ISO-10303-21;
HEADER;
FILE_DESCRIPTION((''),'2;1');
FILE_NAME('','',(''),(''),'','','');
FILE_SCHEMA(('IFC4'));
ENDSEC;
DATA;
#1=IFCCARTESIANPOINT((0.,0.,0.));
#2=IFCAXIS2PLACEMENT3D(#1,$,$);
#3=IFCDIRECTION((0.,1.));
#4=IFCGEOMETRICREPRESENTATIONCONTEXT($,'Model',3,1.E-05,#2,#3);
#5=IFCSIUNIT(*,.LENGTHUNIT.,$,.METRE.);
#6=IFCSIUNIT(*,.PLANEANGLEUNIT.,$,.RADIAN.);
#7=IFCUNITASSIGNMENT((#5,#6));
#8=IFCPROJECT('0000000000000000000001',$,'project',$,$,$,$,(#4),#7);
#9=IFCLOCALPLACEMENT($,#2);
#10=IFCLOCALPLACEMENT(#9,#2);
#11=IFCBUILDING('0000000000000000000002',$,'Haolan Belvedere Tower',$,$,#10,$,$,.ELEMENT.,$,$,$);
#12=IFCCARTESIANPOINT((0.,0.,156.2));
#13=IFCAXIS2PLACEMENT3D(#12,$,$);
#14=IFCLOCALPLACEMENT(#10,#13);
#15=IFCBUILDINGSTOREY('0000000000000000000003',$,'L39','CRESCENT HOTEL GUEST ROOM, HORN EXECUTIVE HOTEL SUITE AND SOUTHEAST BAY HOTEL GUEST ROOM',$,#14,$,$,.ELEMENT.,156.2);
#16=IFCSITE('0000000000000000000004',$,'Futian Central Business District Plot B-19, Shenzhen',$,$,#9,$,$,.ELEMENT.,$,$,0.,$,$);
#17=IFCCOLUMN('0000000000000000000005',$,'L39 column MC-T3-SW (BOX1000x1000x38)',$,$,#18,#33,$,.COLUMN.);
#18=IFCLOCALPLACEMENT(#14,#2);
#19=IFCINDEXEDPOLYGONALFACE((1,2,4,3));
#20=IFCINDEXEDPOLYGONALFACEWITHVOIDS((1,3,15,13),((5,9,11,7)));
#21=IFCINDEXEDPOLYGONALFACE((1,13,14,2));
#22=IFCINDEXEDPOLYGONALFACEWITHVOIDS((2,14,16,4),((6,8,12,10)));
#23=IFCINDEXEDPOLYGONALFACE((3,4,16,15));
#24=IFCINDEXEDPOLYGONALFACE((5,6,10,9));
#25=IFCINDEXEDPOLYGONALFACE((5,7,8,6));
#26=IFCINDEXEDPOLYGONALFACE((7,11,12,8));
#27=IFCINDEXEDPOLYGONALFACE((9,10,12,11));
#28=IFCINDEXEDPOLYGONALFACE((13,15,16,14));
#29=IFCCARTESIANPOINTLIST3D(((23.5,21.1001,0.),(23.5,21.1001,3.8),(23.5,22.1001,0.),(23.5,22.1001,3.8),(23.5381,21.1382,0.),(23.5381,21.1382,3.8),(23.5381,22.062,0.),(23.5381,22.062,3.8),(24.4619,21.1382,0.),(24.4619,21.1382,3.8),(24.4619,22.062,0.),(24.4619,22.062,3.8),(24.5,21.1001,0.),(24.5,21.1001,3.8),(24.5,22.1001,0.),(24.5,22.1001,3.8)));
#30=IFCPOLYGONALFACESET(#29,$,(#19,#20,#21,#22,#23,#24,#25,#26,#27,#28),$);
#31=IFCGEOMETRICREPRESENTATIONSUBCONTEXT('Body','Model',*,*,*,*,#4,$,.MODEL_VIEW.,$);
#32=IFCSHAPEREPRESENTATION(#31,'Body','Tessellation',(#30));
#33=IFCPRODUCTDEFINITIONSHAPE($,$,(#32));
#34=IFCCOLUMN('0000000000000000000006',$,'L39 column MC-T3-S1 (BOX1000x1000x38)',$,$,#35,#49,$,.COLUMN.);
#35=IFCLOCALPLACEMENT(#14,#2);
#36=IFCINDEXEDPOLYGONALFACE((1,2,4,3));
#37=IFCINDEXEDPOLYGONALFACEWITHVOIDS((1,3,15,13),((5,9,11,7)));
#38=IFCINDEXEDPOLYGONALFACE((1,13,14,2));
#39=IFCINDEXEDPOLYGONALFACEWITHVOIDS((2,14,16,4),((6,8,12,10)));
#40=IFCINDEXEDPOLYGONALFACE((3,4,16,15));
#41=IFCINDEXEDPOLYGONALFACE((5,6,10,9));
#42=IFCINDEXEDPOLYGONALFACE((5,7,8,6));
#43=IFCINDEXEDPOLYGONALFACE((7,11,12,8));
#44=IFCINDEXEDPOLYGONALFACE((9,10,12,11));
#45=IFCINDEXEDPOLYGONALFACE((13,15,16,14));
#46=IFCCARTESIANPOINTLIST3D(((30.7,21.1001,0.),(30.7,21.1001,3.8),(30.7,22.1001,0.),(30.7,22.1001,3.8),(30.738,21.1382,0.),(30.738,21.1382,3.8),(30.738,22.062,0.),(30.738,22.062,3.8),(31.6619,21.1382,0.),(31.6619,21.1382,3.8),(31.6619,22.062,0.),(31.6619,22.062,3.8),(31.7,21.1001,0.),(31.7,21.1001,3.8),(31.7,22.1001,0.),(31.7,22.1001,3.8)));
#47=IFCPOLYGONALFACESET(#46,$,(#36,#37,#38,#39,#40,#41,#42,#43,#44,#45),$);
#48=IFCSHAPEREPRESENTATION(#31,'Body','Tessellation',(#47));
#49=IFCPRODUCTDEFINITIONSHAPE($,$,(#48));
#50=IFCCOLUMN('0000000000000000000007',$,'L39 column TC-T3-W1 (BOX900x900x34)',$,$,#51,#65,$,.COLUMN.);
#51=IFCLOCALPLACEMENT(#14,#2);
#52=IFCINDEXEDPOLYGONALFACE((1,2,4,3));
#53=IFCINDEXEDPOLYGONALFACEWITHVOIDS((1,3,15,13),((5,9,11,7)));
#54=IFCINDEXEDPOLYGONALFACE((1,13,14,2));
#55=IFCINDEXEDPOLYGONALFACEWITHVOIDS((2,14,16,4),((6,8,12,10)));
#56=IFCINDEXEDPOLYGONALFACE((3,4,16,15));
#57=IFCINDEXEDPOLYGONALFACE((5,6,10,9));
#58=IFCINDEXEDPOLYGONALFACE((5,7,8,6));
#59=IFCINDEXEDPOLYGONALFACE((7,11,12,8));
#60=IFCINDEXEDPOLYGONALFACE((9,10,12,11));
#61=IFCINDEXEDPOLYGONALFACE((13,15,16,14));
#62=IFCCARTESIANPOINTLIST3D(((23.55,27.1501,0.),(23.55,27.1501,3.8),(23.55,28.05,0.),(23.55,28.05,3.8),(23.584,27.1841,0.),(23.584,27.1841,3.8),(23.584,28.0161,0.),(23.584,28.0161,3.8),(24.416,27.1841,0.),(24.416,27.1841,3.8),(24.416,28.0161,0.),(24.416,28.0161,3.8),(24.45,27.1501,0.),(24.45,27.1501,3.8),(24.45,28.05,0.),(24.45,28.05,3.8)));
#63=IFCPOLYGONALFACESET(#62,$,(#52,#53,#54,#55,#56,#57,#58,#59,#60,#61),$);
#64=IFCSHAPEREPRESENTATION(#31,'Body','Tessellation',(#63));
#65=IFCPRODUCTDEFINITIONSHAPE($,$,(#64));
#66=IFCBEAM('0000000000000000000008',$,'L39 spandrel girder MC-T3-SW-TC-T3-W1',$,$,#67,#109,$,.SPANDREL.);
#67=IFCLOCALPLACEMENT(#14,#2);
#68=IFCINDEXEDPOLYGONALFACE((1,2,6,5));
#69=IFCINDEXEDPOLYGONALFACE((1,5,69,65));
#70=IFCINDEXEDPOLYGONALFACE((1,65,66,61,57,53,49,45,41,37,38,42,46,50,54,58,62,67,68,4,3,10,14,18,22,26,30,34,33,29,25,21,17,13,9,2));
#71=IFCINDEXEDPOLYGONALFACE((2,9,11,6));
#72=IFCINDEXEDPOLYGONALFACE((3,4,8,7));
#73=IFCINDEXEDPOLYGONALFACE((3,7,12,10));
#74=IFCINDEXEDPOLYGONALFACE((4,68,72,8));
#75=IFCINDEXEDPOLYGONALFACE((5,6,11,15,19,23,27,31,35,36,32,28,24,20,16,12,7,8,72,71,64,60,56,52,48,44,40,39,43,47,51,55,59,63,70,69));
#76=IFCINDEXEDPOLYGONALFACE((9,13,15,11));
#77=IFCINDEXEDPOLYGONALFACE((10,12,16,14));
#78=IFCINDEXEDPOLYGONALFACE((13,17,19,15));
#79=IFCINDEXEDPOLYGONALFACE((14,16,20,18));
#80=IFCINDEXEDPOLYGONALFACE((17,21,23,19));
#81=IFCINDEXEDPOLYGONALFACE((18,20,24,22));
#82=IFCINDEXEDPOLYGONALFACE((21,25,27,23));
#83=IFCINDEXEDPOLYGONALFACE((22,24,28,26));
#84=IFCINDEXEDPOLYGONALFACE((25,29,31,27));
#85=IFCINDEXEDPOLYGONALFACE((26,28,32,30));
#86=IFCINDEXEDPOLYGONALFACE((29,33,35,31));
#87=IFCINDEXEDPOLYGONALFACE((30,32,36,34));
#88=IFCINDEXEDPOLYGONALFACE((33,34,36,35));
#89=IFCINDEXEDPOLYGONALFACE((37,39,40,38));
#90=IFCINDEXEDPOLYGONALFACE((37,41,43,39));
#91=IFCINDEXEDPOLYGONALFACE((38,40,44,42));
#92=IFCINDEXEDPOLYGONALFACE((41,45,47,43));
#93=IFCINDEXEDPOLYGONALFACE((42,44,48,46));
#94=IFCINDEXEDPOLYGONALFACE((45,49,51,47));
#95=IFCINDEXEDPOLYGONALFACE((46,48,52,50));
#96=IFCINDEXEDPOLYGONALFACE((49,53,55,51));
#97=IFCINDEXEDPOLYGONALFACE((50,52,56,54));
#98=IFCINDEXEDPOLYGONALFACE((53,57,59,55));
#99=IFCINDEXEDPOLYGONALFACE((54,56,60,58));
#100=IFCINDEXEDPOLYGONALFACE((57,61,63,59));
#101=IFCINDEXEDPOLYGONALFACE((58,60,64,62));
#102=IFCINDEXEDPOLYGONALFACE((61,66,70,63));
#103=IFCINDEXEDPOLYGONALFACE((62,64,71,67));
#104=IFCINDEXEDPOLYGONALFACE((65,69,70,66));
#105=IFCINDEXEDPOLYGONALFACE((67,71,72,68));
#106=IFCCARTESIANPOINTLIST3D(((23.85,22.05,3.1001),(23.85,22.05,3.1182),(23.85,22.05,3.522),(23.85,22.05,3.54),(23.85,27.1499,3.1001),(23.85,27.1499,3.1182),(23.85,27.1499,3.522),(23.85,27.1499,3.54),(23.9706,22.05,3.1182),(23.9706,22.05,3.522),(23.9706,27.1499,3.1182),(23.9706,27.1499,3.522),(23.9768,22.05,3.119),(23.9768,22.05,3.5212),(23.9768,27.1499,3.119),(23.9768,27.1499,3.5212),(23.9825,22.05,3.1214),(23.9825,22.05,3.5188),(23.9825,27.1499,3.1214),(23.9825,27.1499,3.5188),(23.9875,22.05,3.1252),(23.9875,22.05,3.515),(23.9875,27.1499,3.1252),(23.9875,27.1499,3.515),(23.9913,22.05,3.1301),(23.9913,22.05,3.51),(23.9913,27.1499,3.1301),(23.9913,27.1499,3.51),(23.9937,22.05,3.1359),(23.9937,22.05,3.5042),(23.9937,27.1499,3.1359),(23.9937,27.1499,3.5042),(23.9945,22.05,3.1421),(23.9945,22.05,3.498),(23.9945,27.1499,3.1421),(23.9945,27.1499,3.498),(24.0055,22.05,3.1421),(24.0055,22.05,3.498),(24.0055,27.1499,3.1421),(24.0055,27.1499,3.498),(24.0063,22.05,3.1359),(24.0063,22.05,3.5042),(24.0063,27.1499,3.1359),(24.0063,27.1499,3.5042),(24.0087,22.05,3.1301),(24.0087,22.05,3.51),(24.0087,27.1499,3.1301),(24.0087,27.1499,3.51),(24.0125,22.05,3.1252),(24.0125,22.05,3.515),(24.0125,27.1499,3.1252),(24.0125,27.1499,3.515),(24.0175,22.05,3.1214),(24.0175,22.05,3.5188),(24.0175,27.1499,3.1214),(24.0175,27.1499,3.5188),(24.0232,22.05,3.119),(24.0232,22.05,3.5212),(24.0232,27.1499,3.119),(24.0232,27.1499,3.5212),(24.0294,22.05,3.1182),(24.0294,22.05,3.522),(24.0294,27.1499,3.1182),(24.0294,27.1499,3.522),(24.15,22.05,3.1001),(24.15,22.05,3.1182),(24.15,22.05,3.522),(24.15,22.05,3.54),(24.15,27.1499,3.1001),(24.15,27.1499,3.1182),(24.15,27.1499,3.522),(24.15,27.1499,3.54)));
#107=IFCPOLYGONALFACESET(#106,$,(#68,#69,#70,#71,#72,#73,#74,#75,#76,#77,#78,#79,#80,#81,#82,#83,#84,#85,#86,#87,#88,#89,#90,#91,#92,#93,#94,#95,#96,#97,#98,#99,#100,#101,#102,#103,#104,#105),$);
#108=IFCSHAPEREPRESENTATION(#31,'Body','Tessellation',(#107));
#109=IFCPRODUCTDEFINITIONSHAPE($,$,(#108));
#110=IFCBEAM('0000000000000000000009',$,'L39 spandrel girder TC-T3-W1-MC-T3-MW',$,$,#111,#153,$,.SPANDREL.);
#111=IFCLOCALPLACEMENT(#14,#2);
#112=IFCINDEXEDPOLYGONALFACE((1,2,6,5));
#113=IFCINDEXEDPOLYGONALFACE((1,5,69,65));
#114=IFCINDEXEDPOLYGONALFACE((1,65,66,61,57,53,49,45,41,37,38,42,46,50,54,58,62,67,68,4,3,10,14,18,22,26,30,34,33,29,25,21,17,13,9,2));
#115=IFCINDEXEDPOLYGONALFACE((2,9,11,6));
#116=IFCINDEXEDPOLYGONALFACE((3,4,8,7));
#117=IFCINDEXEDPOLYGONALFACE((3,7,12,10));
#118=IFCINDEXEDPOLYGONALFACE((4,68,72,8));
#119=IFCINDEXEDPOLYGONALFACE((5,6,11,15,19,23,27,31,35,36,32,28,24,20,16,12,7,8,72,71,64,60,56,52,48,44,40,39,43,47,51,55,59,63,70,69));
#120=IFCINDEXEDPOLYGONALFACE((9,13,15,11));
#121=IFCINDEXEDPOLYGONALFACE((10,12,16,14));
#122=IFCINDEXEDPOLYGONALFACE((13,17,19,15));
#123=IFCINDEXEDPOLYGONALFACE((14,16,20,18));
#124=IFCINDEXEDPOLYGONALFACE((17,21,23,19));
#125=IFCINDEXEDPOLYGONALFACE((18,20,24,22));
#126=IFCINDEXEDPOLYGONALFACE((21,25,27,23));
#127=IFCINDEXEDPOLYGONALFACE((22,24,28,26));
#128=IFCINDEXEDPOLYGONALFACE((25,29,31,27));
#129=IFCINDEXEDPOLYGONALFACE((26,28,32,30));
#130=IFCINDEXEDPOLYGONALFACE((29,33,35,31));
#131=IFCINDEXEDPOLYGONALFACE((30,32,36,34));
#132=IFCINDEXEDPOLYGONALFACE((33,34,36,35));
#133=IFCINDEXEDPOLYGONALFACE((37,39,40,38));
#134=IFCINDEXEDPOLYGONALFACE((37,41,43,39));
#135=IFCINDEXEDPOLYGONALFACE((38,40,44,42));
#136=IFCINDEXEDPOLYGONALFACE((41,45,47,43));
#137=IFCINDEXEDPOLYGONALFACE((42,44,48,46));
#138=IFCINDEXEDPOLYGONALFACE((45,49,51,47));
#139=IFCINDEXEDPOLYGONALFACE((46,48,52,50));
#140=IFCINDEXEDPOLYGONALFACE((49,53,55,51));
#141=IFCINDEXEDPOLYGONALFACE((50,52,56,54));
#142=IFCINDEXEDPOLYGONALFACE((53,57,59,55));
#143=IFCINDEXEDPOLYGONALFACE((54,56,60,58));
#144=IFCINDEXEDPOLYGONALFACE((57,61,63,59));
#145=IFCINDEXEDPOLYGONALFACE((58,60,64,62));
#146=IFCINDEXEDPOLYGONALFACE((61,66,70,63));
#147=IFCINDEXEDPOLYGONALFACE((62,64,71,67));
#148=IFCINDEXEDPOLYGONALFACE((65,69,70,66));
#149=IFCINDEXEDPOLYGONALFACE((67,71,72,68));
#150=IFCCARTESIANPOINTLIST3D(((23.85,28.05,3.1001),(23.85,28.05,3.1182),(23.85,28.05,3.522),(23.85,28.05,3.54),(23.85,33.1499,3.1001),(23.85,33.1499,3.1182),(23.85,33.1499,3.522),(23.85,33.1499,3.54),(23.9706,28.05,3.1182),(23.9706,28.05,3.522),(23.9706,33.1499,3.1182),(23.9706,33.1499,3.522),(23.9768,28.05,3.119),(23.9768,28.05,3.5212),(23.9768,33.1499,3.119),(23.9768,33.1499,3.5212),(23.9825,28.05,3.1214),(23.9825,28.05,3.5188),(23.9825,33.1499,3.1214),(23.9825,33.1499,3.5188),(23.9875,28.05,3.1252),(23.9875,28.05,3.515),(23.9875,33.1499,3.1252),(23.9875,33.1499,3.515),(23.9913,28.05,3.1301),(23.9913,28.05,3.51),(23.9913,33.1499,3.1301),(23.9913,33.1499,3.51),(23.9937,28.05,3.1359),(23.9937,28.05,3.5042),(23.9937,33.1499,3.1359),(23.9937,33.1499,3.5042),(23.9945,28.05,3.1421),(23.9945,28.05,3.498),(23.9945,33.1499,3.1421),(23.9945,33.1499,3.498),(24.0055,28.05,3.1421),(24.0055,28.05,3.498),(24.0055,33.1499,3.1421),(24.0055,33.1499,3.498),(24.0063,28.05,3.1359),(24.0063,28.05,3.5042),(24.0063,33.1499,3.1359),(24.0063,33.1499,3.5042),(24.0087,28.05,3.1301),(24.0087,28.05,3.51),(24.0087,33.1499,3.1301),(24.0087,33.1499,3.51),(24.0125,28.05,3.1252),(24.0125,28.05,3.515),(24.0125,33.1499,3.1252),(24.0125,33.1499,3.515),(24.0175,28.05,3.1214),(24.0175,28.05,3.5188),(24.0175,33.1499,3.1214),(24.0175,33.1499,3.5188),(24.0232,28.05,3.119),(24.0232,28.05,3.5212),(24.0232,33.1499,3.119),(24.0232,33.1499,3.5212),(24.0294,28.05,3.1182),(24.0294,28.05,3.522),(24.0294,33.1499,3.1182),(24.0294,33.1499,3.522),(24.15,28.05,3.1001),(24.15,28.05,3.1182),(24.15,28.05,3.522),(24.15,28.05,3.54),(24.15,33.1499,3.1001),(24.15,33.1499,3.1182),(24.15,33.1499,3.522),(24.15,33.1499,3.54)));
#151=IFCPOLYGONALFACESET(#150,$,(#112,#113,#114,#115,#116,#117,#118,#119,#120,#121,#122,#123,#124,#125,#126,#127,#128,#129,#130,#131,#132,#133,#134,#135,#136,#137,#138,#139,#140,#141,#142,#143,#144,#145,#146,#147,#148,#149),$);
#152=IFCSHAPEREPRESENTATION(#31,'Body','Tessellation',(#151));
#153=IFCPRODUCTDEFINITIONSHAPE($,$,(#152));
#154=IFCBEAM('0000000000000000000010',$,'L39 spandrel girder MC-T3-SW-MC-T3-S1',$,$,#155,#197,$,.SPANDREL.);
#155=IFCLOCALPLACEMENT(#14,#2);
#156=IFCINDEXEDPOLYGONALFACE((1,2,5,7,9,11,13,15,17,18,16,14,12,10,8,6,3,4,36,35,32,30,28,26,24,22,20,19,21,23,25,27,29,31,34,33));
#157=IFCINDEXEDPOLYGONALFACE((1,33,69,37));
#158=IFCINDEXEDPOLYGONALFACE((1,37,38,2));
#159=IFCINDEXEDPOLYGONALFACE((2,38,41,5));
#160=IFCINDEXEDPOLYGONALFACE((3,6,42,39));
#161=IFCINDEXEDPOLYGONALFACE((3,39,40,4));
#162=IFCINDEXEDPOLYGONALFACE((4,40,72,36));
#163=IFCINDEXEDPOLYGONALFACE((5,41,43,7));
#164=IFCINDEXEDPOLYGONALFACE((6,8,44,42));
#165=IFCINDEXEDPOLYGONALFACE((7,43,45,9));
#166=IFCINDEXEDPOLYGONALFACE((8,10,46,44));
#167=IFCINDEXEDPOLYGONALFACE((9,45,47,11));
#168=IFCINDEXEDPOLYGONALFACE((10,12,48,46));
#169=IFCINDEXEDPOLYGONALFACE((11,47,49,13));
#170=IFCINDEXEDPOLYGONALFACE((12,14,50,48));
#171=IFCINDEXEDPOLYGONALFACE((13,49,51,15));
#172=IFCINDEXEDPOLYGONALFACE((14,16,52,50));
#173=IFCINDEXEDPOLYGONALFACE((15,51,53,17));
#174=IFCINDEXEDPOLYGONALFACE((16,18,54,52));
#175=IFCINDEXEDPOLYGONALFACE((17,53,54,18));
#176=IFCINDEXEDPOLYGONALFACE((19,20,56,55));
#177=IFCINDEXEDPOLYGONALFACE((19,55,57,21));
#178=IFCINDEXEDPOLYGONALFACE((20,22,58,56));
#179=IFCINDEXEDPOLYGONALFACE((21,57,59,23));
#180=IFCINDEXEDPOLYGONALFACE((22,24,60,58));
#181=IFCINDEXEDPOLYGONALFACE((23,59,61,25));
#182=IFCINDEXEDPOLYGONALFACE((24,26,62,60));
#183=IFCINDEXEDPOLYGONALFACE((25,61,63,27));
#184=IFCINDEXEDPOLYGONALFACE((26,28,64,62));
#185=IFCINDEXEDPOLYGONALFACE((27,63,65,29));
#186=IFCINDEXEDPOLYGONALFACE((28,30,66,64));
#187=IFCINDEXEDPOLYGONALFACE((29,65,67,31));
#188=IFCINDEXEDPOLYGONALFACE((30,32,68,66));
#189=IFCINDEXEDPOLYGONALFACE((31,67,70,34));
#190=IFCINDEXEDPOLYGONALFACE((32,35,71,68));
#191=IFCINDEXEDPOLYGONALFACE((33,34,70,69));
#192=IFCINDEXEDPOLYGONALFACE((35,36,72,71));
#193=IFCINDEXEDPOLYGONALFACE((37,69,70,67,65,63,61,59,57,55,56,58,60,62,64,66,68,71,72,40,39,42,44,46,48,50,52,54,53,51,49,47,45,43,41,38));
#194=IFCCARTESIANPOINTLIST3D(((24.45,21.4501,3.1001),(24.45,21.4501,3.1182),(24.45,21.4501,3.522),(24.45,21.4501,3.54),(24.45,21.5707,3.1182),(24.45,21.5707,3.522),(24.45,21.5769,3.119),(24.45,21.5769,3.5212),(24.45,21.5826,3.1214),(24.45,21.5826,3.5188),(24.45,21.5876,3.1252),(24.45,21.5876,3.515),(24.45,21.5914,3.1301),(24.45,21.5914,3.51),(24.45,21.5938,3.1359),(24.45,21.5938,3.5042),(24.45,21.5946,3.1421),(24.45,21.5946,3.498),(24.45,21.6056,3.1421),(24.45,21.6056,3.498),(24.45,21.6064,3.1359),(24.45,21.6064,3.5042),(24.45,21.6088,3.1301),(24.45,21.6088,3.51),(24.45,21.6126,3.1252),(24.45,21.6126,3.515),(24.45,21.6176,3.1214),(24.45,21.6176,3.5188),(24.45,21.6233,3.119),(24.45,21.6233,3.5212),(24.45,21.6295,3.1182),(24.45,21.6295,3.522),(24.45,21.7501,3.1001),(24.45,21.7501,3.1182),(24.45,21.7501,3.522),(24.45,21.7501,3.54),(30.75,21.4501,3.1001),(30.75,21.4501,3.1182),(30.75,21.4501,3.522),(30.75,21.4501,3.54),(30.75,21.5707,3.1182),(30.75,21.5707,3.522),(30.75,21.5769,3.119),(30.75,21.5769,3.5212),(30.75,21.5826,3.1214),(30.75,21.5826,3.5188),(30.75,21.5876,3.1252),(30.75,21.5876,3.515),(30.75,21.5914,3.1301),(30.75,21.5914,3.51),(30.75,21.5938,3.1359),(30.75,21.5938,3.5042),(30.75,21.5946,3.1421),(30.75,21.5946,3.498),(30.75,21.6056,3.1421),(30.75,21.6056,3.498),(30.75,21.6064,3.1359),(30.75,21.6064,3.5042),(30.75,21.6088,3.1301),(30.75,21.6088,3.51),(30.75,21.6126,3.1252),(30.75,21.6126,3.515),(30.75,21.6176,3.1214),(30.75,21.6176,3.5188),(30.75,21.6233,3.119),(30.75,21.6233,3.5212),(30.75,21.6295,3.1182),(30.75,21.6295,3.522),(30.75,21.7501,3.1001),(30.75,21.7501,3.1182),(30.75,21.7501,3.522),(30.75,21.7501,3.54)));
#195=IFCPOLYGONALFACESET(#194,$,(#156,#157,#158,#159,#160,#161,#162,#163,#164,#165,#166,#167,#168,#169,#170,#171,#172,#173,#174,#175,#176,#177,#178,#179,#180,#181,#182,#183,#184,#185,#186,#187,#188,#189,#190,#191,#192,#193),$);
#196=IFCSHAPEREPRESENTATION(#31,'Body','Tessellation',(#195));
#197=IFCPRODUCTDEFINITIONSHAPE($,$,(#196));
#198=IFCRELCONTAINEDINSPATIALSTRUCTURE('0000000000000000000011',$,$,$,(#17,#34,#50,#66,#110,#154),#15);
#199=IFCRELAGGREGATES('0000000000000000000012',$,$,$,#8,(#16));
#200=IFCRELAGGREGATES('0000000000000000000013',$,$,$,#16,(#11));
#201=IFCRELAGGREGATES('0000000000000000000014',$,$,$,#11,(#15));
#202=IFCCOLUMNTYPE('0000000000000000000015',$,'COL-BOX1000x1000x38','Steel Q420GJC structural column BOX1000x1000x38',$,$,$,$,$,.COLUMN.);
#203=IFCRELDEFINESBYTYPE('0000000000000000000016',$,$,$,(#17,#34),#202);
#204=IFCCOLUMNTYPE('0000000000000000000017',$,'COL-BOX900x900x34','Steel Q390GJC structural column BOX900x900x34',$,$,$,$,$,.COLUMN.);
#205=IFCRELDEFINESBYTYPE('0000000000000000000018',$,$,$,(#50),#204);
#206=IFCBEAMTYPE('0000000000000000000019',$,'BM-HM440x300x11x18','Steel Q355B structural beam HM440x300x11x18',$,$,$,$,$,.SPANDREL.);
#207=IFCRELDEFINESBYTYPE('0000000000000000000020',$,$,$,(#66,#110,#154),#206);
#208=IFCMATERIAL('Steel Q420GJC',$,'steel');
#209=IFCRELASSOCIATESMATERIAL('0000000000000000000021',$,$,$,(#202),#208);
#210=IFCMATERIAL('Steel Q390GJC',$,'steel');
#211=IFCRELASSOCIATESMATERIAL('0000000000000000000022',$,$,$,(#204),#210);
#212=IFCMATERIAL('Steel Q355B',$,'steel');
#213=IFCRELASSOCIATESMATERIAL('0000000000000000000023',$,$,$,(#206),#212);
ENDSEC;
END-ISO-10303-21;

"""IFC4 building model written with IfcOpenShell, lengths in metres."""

from ifc_helpers import new_model, si_unit, direction, frame, origin, origin_2d, place, context, subcontext, project, spatial, hollow_rectangle, i_section, extrude, material, material_profile, profile_set, type_object, element, save


model = new_model("IFC4")

# Units and contexts
model_context = context("Model", 3, precision=1e-05, world=origin(), true_north=direction((0.0, 1.0)))
body_context = subcontext(model_context, "Body", "Model", "MODEL_VIEW")
ifc_project = project(units=[si_unit("LENGTHUNIT", "METRE"), si_unit("PLANEANGLEUNIT", "RADIAN")], contexts=[model_context])

# Site, building, storey
site_placement = place(None, origin())
site = spatial("IfcSite", under=ifc_project, at=site_placement, Name="Futian Central Business District Plot B-19, Shenzhen", CompositionType="ELEMENT", RefElevation=0.0)
building_placement = place(site_placement, origin())
building = spatial("IfcBuilding", under=site, at=building_placement, Name="Haolan Belvedere Tower", CompositionType="ELEMENT")
storey_placement = place(building_placement, frame((0.0, 0.0, 156.2)))
storey = spatial("IfcBuildingStorey", under=building, at=storey_placement, Name="L39", Description="CRESCENT HOTEL GUEST ROOM, HORN EXECUTIVE HOTEL SUITE AND SOUTHEAST BAY HOTEL GUEST ROOM", CompositionType="ELEMENT", Elevation=156.2)

# Columns
ifc_material_1 = material(Name="Steel Q420GJC", Category="steel")
ifc_material_profile_1 = material_profile(ifc_material_1, hollow_rectangle(XDim=1.0, YDim=1.0, WallThickness=0.0381, at=origin_2d()), Name="Steel Q420GJC")
ifc_profile_set_1 = profile_set([ifc_material_profile_1], Name="Steel Q420GJC")
column_type_1 = type_object("IfcColumnType", Name="COL-BOX1000x1000x38", Description="Steel Q420GJC structural column BOX1000x1000x38", PredefinedType="COLUMN", material=ifc_profile_set_1)
for number, where, z_axis, x_axis, name in (
    (1, (24.0, 21.6001, 0.0), (0.0, 0.0, 1.0), (1.0, 0.0, 0.0), "L39 column MC-T3-SW (BOX1000x1000x38)"),
    (2, (31.2, 21.6001, 0.0), (0.0, 0.0, 1.0), (1.0, 0.0, 0.0), "L39 column MC-T3-S1 (BOX1000x1000x38)"),
):
    element("IfcColumn", number, at=place(storey_placement, frame(where, z_axis=z_axis, x_axis=x_axis)), inside=storey, type_object=column_type_1, Name=name, PredefinedType="COLUMN", context=body_context, shape_type="SweptSolid", body=[
        extrude(hollow_rectangle(XDim=1.0, YDim=1.0, WallThickness=0.0381, at=origin_2d()), origin(), (0.0, 0.0, 1.0), 3.8),
    ])
ifc_material_2 = material(Name="Steel Q390GJC", Category="steel")
ifc_material_profile_2 = material_profile(ifc_material_2, hollow_rectangle(XDim=0.8999, YDim=0.8999, WallThickness=0.0339, at=origin_2d()), Name="Steel Q390GJC")
ifc_profile_set_2 = profile_set([ifc_material_profile_2], Name="Steel Q390GJC")
column_type_2 = type_object("IfcColumnType", Name="COL-BOX900x900x34", Description="Steel Q390GJC structural column BOX900x900x34", PredefinedType="COLUMN", material=ifc_profile_set_2)
column_placement = place(storey_placement, frame((24.0, 27.6001, 0.0), z_axis=(0.0, 0.0, 1.0), x_axis=(1.0, 0.0, 0.0)))
element("IfcColumn", 3, at=column_placement, inside=storey, type_object=column_type_2, Name="L39 column TC-T3-W1 (BOX900x900x34)", PredefinedType="COLUMN", context=body_context, shape_type="SweptSolid", body=[
    extrude(hollow_rectangle(XDim=0.8999, YDim=0.8999, WallThickness=0.0339, at=origin_2d()), origin(), (0.0, 0.0, 1.0), 3.8),
])

# Beams
ifc_material_3 = material(Name="Steel Q355B", Category="steel")
ifc_material_profile_3 = material_profile(ifc_material_3, i_section(OverallWidth=0.3, OverallDepth=0.4399, WebThickness=0.011, FlangeThickness=0.0181, FilletRadius=0.0239, at=origin_2d()), Name="Steel Q355B")
ifc_profile_set_3 = profile_set([ifc_material_profile_3], Name="Steel Q355B")
beam_type_1 = type_object("IfcBeamType", Name="BM-HM440x300x11x18", Description="Steel Q355B structural beam HM440x300x11x18", PredefinedType="SPANDREL", material=ifc_profile_set_3)
for number, where, z_axis, x_axis, name in (
    (4, (24.0, 22.05, 3.3201), (0.0, 1.0, 0.0), (-1.0, 0.0, 0.0), "L39 spandrel girder MC-T3-SW-TC-T3-W1"),
    (5, (24.0, 28.05, 3.3201), (0.0, 1.0, 0.0), (-1.0, 0.0, 0.0), "L39 spandrel girder TC-T3-W1-MC-T3-MW"),
):
    element("IfcBeam", number, at=place(storey_placement, frame(where, z_axis=z_axis, x_axis=x_axis)), inside=storey, type_object=beam_type_1, Name=name, PredefinedType="SPANDREL", context=body_context, shape_type="SweptSolid", body=[
        extrude(i_section(OverallWidth=0.3, OverallDepth=0.4399, WebThickness=0.011, FlangeThickness=0.0181, FilletRadius=0.0239, at=origin_2d()), origin(), (0.0, 0.0, 1.0), 5.0999),
    ])
for number, where, z_axis, x_axis, name in (
    (6, (24.45, 21.6001, 3.3201), (1.0, 0.0, 0.0), (0.0, 1.0, 0.0), "L39 spandrel girder MC-T3-SW-MC-T3-S1"),
):
    element("IfcBeam", number, at=place(storey_placement, frame(where, z_axis=z_axis, x_axis=x_axis)), inside=storey, type_object=beam_type_1, Name=name, PredefinedType="SPANDREL", context=body_context, shape_type="SweptSolid", body=[
        extrude(i_section(OverallWidth=0.3, OverallDepth=0.4399, WebThickness=0.011, FlangeThickness=0.0181, FilletRadius=0.0239, at=origin_2d()), origin(), (0.0, 0.0, 1.0), 6.3),
    ])

save(model, "model.ifc")
